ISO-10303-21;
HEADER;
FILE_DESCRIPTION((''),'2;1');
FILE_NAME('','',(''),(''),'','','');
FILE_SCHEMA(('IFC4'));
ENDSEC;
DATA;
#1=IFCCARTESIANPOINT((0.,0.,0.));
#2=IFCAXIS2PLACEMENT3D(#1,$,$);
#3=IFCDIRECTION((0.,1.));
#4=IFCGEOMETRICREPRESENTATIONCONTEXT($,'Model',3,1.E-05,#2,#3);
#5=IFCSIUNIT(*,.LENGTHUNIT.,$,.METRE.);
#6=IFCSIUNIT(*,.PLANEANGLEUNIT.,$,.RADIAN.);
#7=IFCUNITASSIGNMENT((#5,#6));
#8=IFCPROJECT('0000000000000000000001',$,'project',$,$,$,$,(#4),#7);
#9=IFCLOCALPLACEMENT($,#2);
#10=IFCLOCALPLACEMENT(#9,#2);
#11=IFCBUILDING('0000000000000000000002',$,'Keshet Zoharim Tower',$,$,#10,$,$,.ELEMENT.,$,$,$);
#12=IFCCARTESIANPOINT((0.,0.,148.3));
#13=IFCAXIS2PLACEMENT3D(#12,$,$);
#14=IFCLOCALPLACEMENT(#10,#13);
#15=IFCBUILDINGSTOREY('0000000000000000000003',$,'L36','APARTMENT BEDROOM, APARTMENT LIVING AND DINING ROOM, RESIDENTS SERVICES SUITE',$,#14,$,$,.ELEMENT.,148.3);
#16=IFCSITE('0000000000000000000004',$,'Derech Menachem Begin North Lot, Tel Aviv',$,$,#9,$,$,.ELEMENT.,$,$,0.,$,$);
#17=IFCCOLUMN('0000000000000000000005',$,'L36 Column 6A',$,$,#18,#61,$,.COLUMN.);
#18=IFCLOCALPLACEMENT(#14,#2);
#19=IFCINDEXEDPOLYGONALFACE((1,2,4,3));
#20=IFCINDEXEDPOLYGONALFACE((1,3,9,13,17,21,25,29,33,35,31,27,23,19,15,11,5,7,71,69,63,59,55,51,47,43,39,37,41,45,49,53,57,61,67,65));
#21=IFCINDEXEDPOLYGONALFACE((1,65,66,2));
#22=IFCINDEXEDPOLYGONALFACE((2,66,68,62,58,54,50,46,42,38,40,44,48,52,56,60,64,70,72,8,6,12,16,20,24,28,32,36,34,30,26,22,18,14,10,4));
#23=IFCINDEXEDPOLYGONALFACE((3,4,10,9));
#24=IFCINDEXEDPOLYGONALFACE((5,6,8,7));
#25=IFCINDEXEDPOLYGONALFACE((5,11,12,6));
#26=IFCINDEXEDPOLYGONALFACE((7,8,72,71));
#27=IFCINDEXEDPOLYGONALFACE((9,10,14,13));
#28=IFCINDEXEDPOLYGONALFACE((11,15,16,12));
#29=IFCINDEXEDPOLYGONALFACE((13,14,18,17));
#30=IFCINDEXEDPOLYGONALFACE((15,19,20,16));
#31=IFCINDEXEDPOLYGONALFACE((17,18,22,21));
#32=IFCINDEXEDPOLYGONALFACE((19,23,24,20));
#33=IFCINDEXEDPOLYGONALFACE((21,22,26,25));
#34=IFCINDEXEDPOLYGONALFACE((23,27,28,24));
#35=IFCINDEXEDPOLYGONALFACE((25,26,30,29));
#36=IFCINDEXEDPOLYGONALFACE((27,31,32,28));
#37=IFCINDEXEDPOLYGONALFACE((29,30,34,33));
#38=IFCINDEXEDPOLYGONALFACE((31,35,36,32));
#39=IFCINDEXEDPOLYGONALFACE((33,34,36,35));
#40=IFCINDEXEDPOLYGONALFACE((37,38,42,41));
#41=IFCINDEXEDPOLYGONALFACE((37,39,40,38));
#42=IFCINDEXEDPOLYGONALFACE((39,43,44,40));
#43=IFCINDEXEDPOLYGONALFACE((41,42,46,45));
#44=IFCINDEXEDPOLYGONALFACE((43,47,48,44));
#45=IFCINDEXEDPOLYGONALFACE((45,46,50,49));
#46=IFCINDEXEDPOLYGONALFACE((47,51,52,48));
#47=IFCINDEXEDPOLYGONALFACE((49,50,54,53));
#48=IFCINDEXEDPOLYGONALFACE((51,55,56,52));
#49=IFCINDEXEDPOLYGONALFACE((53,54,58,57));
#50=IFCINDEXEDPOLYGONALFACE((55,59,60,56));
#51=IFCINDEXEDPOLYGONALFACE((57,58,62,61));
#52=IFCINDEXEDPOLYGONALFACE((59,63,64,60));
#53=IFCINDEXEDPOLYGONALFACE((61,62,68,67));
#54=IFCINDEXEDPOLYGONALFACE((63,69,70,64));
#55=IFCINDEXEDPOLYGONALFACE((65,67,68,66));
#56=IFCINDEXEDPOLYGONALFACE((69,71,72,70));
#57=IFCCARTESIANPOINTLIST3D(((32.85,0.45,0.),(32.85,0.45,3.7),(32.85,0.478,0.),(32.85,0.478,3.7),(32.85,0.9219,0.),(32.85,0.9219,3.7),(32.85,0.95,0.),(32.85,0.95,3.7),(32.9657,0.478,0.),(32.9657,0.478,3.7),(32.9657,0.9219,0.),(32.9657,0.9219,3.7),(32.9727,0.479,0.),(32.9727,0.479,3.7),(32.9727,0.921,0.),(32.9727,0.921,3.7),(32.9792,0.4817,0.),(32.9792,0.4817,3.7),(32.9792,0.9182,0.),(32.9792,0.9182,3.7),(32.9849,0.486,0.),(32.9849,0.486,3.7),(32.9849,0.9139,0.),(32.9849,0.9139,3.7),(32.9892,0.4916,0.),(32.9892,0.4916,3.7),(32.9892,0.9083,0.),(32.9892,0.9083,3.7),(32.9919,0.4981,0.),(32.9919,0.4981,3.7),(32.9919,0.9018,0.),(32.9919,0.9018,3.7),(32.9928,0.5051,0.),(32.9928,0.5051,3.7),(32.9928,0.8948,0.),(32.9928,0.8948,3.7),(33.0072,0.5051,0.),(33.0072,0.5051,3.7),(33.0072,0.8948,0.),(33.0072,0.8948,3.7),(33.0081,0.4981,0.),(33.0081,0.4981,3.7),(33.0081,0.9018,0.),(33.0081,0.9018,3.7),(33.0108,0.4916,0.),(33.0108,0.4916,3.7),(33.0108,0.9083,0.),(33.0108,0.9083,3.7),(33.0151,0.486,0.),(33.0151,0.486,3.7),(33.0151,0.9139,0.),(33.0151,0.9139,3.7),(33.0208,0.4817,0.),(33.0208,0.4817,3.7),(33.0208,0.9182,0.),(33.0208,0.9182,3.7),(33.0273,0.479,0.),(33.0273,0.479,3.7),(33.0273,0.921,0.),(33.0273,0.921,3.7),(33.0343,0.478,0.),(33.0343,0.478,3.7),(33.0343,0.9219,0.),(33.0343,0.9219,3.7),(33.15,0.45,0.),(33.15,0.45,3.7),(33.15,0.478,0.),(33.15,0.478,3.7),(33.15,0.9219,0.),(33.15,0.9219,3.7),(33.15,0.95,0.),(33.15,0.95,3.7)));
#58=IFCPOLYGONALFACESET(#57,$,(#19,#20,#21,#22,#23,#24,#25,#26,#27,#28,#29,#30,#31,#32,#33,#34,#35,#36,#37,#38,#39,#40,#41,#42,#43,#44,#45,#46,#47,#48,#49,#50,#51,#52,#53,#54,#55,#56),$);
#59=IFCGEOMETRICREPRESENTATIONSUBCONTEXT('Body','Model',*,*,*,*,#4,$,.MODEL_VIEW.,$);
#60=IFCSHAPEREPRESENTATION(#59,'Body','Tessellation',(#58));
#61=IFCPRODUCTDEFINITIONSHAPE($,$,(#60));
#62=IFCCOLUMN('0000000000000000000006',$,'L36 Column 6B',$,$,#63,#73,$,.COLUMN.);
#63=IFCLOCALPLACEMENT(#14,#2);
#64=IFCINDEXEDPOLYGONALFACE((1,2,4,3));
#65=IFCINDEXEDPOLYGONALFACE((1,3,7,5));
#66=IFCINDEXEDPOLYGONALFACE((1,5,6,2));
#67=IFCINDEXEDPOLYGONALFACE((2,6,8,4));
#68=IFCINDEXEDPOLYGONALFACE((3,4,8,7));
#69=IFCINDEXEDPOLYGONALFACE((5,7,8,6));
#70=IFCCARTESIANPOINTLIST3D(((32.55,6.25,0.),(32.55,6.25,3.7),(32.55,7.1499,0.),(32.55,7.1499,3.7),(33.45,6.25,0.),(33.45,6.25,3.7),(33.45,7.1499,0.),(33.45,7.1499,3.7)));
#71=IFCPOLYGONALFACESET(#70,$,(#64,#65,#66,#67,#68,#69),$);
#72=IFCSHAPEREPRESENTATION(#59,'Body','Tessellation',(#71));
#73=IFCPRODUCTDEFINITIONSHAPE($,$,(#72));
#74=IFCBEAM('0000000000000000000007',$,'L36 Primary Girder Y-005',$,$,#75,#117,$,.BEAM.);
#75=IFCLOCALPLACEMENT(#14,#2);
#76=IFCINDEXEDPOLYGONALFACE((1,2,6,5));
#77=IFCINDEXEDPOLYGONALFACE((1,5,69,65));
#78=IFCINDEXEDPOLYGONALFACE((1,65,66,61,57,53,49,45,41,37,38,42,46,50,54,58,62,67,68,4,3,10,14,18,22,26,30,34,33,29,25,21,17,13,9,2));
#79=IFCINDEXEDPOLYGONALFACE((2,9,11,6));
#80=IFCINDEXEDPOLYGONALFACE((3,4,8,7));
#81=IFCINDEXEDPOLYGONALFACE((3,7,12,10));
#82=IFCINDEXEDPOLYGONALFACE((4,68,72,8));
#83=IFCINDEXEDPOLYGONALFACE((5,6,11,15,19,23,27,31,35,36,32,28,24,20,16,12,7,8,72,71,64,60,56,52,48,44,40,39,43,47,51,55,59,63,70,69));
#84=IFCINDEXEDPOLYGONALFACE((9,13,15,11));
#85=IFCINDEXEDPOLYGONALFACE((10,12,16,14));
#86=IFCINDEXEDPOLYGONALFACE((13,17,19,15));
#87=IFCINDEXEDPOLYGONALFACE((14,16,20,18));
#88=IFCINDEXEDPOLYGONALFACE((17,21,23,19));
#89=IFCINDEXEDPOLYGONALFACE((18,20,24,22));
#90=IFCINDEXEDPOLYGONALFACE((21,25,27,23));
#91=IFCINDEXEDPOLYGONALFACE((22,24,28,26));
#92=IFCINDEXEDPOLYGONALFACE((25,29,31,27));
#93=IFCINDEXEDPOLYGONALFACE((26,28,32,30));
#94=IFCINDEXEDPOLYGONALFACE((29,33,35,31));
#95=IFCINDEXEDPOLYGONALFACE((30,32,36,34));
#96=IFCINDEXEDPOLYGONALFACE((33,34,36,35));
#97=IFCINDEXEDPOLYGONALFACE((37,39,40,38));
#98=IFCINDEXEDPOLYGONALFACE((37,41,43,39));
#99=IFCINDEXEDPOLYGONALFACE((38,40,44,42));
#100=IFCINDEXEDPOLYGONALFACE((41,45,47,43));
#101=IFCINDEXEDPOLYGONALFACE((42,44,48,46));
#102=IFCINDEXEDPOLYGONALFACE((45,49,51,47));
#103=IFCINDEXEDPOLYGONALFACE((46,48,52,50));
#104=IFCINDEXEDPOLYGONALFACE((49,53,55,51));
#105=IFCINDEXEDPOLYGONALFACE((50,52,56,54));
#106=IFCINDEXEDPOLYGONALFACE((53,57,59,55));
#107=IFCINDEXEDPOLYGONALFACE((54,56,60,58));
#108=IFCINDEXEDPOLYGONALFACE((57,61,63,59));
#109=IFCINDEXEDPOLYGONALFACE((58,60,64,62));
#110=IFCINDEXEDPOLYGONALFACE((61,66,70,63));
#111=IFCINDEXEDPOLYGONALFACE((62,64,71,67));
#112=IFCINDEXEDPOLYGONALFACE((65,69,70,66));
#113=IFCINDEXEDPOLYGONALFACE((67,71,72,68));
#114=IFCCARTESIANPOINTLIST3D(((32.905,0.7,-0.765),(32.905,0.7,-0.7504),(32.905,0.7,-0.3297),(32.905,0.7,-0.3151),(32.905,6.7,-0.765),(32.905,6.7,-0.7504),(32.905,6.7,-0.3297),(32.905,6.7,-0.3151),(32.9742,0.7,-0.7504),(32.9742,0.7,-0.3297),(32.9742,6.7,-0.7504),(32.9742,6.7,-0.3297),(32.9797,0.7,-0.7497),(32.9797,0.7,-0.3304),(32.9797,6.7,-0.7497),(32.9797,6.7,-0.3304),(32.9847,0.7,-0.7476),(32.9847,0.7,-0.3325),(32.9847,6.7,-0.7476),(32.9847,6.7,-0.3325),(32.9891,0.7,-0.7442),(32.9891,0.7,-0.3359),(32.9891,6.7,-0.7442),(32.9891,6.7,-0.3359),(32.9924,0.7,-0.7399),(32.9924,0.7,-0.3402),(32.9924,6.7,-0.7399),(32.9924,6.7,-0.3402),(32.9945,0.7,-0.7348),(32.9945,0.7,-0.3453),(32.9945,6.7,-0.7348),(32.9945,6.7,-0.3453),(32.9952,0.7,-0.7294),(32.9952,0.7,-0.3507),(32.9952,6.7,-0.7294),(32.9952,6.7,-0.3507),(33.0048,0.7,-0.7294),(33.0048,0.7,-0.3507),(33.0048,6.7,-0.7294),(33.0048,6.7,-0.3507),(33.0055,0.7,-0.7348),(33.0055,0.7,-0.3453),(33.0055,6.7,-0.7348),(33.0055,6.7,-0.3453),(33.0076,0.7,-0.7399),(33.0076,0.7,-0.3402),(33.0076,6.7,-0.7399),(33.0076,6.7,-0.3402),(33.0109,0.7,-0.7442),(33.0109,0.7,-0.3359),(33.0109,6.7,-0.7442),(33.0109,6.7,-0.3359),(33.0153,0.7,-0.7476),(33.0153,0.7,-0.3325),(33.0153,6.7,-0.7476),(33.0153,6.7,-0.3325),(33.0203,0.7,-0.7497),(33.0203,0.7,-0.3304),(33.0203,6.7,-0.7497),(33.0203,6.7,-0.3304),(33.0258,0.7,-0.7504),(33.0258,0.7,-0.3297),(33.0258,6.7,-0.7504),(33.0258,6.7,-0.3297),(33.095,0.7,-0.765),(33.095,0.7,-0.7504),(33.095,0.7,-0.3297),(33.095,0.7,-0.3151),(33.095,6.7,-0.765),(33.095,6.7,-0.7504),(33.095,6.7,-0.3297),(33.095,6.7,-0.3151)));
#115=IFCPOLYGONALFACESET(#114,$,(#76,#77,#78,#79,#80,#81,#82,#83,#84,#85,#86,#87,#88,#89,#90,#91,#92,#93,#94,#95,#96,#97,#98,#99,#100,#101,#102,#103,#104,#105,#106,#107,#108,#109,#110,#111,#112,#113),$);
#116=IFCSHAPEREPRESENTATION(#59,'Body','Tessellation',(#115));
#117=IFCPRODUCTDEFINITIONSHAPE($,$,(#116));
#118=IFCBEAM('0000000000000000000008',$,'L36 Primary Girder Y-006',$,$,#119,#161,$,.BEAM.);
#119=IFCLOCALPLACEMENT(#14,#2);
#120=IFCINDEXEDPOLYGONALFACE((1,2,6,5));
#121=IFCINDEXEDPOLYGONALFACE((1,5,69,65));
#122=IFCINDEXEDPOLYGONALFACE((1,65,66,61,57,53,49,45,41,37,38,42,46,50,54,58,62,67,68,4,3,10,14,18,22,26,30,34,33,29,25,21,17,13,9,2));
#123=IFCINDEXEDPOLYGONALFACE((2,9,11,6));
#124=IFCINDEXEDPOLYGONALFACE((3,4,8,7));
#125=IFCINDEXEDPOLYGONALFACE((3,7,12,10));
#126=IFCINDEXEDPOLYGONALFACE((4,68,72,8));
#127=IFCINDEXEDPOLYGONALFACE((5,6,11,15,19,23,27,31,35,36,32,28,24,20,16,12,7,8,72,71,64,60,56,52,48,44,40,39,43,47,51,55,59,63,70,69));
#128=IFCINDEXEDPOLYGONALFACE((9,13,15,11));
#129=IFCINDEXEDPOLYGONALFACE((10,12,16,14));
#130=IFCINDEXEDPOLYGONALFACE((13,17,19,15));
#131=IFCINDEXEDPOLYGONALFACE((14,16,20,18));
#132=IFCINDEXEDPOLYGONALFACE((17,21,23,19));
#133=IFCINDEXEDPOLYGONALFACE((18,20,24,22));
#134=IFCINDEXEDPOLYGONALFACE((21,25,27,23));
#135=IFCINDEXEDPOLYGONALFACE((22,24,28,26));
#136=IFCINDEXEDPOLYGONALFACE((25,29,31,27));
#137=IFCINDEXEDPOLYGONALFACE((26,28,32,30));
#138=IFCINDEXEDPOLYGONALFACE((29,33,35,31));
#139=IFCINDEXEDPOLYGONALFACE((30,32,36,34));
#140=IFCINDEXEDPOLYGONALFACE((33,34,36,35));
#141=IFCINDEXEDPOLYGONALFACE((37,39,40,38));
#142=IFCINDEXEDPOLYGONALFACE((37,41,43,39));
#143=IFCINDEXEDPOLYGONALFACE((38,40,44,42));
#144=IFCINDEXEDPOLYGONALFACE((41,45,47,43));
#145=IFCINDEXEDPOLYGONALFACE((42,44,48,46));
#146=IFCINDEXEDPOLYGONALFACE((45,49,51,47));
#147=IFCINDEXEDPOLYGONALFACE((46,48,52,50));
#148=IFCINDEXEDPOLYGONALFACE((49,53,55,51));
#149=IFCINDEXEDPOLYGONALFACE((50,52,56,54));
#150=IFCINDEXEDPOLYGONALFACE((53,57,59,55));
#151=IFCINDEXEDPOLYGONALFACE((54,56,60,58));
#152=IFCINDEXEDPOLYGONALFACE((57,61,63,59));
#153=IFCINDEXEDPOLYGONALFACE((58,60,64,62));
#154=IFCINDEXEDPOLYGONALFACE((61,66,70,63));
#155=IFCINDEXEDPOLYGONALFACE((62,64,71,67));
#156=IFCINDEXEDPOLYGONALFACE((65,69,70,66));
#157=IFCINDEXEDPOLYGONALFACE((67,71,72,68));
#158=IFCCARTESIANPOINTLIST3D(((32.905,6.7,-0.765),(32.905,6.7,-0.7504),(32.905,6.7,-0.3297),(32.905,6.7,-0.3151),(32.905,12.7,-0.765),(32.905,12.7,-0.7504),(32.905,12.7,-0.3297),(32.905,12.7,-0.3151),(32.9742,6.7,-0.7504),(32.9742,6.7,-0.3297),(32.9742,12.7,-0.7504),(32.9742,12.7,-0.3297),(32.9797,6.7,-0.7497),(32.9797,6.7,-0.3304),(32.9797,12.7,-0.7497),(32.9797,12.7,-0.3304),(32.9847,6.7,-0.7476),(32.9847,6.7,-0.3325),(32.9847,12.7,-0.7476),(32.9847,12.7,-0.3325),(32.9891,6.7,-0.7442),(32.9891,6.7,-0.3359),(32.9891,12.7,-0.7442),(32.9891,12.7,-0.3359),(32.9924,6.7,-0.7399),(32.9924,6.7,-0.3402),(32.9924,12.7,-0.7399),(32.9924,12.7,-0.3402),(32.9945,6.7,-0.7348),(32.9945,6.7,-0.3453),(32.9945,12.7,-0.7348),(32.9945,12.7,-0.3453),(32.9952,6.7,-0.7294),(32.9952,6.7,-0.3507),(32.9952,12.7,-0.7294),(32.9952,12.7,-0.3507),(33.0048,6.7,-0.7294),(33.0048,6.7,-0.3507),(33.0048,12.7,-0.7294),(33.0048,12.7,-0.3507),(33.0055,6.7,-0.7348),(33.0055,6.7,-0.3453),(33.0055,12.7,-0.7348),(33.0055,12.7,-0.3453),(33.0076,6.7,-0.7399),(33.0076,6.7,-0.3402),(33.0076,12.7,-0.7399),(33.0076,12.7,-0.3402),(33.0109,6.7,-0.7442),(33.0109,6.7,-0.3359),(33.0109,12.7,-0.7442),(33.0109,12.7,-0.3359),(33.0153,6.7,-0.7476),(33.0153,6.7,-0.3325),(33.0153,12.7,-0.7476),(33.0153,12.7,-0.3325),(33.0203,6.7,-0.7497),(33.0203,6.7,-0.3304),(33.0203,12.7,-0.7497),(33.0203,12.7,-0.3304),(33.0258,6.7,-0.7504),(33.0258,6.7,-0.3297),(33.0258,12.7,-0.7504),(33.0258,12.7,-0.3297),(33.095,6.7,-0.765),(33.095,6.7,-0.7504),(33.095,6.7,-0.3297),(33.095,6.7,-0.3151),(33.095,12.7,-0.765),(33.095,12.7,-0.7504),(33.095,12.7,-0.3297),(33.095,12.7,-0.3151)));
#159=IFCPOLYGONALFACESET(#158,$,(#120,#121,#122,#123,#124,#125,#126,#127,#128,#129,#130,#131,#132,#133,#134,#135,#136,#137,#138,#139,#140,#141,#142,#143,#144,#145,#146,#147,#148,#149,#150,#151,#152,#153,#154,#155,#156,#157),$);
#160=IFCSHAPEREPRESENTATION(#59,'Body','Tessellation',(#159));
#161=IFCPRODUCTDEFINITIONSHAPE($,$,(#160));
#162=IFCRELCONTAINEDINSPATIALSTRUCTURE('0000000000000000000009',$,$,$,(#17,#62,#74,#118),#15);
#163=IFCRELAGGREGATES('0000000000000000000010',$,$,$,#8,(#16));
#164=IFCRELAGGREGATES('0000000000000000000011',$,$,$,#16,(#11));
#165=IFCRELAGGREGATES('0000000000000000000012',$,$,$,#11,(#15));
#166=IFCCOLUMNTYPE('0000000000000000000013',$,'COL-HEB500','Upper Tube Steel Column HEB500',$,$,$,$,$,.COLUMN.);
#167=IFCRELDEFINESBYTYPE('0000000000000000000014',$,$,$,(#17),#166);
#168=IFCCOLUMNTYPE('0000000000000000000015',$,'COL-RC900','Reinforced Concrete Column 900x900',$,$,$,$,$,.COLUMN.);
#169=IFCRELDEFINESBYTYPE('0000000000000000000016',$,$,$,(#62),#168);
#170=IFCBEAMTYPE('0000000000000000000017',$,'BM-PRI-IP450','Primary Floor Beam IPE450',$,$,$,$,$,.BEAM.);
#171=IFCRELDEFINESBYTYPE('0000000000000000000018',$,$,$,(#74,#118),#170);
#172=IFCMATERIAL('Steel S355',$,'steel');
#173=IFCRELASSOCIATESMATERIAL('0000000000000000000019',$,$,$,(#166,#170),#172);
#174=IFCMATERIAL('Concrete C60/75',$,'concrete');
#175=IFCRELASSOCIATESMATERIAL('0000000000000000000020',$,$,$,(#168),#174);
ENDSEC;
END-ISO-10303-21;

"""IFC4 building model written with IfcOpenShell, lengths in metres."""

from ifc_helpers import new_model, si_unit, direction, frame, origin, origin_2d, place, context, subcontext, project, spatial, rectangle, i_section, extrude, material, material_profile, profile_set, type_object, element, save


model = new_model("IFC4")

# Units and contexts
model_context = context("Model", 3, precision=1e-05, world=origin(), true_north=direction((0.0, 1.0)))
body_context = subcontext(model_context, "Body", "Model", "MODEL_VIEW")
ifc_project = project(units=[si_unit("LENGTHUNIT", "METRE"), si_unit("PLANEANGLEUNIT", "RADIAN")], contexts=[model_context])

# Site, building, storey
site_placement = place(None, origin())
site = spatial("IfcSite", under=ifc_project, at=site_placement, Name="Derech Menachem Begin North Lot, Tel Aviv", CompositionType="ELEMENT", RefElevation=0.0)
building_placement = place(site_placement, origin())
building = spatial("IfcBuilding", under=site, at=building_placement, Name="Keshet Zoharim Tower", CompositionType="ELEMENT")
storey_placement = place(building_placement, frame((0.0, 0.0, 148.3)))
storey = spatial("IfcBuildingStorey", under=building, at=storey_placement, Name="L36", Description="APARTMENT BEDROOM, APARTMENT LIVING AND DINING ROOM, RESIDENTS SERVICES SUITE", CompositionType="ELEMENT", Elevation=148.3)

# Columns
ifc_material_1 = material(Name="Steel S355", Category="steel")
ifc_material_profile_1 = material_profile(ifc_material_1, i_section(OverallWidth=0.3, OverallDepth=0.5, WebThickness=0.0144, FlangeThickness=0.0281, FilletRadius=0.0271, at=origin_2d()), Name="HEB500")
ifc_profile_set_1 = profile_set([ifc_material_profile_1], Name="Steel S355")
column_type_1 = type_object("IfcColumnType", Name="COL-HEB500", Description="Upper Tube Steel Column HEB500", PredefinedType="COLUMN", material=ifc_profile_set_1)
column_1_placement = place(storey_placement, frame((33.0, 0.7, 0.0), z_axis=(0.0, 0.0, 1.0), x_axis=(1.0, 0.0, 0.0)))
element("IfcColumn", 1, at=column_1_placement, inside=storey, type_object=column_type_1, Name="L36 Column 6A", PredefinedType="COLUMN", context=body_context, shape_type="SweptSolid", body=[
    extrude(i_section(OverallWidth=0.3, OverallDepth=0.5, WebThickness=0.0144, FlangeThickness=0.0281, FilletRadius=0.0271, at=origin_2d()), origin(), (0.0, 0.0, 1.0), 3.7),
])
ifc_material_2 = material(Name="Concrete C60/75", Category="concrete")
ifc_material_profile_2 = material_profile(ifc_material_2, rectangle(XDim=0.8999, YDim=0.8999, at=origin_2d()), Name="RC900x900")
ifc_profile_set_2 = profile_set([ifc_material_profile_2], Name="Concrete C60/75")
column_type_2 = type_object("IfcColumnType", Name="COL-RC900", Description="Reinforced Concrete Column 900x900", PredefinedType="COLUMN", material=ifc_profile_set_2)
column_2_placement = place(storey_placement, frame((33.0, 6.7, 0.0), z_axis=(0.0, 0.0, 1.0), x_axis=(1.0, 0.0, 0.0)))
element("IfcColumn", 2, at=column_2_placement, inside=storey, type_object=column_type_2, Name="L36 Column 6B", PredefinedType="COLUMN", context=body_context, shape_type="SweptSolid", body=[
    extrude(rectangle(XDim=0.8999, YDim=0.8999, at=origin_2d()), origin(), (0.0, 0.0, 1.0), 3.7),
])

# Beams
ifc_material_profile_3 = material_profile(ifc_material_1, i_section(OverallWidth=0.1899, OverallDepth=0.45, WebThickness=0.0095, FlangeThickness=0.0146, FilletRadius=0.021, at=origin_2d()), Name="IPE450")
ifc_profile_set_3 = profile_set([ifc_material_profile_3], Name="Steel S355")
beam_type_1 = type_object("IfcBeamType", Name="BM-PRI-IP450", Description="Primary Floor Beam IPE450", PredefinedType="BEAM", material=ifc_profile_set_3)
for number, where, z_axis, x_axis, name in (
    (3, (33.0, 0.7, -0.54), (0.0, 1.0, 0.0), (-1.0, 0.0, 0.0), "L36 Primary Girder Y-005"),
    (4, (33.0, 6.7, -0.54), (0.0, 1.0, 0.0), (-1.0, 0.0, 0.0), "L36 Primary Girder Y-006"),
):
    element("IfcBeam", number, at=place(storey_placement, frame(where, z_axis=z_axis, x_axis=x_axis)), inside=storey, type_object=beam_type_1, Name=name, PredefinedType="BEAM", context=body_context, shape_type="SweptSolid", body=[
        extrude(i_section(OverallWidth=0.1899, OverallDepth=0.45, WebThickness=0.0095, FlangeThickness=0.0146, FilletRadius=0.021, at=origin_2d()), origin(), (0.0, 0.0, 1.0), 6.0),
    ])

save(model, "model.ifc")
